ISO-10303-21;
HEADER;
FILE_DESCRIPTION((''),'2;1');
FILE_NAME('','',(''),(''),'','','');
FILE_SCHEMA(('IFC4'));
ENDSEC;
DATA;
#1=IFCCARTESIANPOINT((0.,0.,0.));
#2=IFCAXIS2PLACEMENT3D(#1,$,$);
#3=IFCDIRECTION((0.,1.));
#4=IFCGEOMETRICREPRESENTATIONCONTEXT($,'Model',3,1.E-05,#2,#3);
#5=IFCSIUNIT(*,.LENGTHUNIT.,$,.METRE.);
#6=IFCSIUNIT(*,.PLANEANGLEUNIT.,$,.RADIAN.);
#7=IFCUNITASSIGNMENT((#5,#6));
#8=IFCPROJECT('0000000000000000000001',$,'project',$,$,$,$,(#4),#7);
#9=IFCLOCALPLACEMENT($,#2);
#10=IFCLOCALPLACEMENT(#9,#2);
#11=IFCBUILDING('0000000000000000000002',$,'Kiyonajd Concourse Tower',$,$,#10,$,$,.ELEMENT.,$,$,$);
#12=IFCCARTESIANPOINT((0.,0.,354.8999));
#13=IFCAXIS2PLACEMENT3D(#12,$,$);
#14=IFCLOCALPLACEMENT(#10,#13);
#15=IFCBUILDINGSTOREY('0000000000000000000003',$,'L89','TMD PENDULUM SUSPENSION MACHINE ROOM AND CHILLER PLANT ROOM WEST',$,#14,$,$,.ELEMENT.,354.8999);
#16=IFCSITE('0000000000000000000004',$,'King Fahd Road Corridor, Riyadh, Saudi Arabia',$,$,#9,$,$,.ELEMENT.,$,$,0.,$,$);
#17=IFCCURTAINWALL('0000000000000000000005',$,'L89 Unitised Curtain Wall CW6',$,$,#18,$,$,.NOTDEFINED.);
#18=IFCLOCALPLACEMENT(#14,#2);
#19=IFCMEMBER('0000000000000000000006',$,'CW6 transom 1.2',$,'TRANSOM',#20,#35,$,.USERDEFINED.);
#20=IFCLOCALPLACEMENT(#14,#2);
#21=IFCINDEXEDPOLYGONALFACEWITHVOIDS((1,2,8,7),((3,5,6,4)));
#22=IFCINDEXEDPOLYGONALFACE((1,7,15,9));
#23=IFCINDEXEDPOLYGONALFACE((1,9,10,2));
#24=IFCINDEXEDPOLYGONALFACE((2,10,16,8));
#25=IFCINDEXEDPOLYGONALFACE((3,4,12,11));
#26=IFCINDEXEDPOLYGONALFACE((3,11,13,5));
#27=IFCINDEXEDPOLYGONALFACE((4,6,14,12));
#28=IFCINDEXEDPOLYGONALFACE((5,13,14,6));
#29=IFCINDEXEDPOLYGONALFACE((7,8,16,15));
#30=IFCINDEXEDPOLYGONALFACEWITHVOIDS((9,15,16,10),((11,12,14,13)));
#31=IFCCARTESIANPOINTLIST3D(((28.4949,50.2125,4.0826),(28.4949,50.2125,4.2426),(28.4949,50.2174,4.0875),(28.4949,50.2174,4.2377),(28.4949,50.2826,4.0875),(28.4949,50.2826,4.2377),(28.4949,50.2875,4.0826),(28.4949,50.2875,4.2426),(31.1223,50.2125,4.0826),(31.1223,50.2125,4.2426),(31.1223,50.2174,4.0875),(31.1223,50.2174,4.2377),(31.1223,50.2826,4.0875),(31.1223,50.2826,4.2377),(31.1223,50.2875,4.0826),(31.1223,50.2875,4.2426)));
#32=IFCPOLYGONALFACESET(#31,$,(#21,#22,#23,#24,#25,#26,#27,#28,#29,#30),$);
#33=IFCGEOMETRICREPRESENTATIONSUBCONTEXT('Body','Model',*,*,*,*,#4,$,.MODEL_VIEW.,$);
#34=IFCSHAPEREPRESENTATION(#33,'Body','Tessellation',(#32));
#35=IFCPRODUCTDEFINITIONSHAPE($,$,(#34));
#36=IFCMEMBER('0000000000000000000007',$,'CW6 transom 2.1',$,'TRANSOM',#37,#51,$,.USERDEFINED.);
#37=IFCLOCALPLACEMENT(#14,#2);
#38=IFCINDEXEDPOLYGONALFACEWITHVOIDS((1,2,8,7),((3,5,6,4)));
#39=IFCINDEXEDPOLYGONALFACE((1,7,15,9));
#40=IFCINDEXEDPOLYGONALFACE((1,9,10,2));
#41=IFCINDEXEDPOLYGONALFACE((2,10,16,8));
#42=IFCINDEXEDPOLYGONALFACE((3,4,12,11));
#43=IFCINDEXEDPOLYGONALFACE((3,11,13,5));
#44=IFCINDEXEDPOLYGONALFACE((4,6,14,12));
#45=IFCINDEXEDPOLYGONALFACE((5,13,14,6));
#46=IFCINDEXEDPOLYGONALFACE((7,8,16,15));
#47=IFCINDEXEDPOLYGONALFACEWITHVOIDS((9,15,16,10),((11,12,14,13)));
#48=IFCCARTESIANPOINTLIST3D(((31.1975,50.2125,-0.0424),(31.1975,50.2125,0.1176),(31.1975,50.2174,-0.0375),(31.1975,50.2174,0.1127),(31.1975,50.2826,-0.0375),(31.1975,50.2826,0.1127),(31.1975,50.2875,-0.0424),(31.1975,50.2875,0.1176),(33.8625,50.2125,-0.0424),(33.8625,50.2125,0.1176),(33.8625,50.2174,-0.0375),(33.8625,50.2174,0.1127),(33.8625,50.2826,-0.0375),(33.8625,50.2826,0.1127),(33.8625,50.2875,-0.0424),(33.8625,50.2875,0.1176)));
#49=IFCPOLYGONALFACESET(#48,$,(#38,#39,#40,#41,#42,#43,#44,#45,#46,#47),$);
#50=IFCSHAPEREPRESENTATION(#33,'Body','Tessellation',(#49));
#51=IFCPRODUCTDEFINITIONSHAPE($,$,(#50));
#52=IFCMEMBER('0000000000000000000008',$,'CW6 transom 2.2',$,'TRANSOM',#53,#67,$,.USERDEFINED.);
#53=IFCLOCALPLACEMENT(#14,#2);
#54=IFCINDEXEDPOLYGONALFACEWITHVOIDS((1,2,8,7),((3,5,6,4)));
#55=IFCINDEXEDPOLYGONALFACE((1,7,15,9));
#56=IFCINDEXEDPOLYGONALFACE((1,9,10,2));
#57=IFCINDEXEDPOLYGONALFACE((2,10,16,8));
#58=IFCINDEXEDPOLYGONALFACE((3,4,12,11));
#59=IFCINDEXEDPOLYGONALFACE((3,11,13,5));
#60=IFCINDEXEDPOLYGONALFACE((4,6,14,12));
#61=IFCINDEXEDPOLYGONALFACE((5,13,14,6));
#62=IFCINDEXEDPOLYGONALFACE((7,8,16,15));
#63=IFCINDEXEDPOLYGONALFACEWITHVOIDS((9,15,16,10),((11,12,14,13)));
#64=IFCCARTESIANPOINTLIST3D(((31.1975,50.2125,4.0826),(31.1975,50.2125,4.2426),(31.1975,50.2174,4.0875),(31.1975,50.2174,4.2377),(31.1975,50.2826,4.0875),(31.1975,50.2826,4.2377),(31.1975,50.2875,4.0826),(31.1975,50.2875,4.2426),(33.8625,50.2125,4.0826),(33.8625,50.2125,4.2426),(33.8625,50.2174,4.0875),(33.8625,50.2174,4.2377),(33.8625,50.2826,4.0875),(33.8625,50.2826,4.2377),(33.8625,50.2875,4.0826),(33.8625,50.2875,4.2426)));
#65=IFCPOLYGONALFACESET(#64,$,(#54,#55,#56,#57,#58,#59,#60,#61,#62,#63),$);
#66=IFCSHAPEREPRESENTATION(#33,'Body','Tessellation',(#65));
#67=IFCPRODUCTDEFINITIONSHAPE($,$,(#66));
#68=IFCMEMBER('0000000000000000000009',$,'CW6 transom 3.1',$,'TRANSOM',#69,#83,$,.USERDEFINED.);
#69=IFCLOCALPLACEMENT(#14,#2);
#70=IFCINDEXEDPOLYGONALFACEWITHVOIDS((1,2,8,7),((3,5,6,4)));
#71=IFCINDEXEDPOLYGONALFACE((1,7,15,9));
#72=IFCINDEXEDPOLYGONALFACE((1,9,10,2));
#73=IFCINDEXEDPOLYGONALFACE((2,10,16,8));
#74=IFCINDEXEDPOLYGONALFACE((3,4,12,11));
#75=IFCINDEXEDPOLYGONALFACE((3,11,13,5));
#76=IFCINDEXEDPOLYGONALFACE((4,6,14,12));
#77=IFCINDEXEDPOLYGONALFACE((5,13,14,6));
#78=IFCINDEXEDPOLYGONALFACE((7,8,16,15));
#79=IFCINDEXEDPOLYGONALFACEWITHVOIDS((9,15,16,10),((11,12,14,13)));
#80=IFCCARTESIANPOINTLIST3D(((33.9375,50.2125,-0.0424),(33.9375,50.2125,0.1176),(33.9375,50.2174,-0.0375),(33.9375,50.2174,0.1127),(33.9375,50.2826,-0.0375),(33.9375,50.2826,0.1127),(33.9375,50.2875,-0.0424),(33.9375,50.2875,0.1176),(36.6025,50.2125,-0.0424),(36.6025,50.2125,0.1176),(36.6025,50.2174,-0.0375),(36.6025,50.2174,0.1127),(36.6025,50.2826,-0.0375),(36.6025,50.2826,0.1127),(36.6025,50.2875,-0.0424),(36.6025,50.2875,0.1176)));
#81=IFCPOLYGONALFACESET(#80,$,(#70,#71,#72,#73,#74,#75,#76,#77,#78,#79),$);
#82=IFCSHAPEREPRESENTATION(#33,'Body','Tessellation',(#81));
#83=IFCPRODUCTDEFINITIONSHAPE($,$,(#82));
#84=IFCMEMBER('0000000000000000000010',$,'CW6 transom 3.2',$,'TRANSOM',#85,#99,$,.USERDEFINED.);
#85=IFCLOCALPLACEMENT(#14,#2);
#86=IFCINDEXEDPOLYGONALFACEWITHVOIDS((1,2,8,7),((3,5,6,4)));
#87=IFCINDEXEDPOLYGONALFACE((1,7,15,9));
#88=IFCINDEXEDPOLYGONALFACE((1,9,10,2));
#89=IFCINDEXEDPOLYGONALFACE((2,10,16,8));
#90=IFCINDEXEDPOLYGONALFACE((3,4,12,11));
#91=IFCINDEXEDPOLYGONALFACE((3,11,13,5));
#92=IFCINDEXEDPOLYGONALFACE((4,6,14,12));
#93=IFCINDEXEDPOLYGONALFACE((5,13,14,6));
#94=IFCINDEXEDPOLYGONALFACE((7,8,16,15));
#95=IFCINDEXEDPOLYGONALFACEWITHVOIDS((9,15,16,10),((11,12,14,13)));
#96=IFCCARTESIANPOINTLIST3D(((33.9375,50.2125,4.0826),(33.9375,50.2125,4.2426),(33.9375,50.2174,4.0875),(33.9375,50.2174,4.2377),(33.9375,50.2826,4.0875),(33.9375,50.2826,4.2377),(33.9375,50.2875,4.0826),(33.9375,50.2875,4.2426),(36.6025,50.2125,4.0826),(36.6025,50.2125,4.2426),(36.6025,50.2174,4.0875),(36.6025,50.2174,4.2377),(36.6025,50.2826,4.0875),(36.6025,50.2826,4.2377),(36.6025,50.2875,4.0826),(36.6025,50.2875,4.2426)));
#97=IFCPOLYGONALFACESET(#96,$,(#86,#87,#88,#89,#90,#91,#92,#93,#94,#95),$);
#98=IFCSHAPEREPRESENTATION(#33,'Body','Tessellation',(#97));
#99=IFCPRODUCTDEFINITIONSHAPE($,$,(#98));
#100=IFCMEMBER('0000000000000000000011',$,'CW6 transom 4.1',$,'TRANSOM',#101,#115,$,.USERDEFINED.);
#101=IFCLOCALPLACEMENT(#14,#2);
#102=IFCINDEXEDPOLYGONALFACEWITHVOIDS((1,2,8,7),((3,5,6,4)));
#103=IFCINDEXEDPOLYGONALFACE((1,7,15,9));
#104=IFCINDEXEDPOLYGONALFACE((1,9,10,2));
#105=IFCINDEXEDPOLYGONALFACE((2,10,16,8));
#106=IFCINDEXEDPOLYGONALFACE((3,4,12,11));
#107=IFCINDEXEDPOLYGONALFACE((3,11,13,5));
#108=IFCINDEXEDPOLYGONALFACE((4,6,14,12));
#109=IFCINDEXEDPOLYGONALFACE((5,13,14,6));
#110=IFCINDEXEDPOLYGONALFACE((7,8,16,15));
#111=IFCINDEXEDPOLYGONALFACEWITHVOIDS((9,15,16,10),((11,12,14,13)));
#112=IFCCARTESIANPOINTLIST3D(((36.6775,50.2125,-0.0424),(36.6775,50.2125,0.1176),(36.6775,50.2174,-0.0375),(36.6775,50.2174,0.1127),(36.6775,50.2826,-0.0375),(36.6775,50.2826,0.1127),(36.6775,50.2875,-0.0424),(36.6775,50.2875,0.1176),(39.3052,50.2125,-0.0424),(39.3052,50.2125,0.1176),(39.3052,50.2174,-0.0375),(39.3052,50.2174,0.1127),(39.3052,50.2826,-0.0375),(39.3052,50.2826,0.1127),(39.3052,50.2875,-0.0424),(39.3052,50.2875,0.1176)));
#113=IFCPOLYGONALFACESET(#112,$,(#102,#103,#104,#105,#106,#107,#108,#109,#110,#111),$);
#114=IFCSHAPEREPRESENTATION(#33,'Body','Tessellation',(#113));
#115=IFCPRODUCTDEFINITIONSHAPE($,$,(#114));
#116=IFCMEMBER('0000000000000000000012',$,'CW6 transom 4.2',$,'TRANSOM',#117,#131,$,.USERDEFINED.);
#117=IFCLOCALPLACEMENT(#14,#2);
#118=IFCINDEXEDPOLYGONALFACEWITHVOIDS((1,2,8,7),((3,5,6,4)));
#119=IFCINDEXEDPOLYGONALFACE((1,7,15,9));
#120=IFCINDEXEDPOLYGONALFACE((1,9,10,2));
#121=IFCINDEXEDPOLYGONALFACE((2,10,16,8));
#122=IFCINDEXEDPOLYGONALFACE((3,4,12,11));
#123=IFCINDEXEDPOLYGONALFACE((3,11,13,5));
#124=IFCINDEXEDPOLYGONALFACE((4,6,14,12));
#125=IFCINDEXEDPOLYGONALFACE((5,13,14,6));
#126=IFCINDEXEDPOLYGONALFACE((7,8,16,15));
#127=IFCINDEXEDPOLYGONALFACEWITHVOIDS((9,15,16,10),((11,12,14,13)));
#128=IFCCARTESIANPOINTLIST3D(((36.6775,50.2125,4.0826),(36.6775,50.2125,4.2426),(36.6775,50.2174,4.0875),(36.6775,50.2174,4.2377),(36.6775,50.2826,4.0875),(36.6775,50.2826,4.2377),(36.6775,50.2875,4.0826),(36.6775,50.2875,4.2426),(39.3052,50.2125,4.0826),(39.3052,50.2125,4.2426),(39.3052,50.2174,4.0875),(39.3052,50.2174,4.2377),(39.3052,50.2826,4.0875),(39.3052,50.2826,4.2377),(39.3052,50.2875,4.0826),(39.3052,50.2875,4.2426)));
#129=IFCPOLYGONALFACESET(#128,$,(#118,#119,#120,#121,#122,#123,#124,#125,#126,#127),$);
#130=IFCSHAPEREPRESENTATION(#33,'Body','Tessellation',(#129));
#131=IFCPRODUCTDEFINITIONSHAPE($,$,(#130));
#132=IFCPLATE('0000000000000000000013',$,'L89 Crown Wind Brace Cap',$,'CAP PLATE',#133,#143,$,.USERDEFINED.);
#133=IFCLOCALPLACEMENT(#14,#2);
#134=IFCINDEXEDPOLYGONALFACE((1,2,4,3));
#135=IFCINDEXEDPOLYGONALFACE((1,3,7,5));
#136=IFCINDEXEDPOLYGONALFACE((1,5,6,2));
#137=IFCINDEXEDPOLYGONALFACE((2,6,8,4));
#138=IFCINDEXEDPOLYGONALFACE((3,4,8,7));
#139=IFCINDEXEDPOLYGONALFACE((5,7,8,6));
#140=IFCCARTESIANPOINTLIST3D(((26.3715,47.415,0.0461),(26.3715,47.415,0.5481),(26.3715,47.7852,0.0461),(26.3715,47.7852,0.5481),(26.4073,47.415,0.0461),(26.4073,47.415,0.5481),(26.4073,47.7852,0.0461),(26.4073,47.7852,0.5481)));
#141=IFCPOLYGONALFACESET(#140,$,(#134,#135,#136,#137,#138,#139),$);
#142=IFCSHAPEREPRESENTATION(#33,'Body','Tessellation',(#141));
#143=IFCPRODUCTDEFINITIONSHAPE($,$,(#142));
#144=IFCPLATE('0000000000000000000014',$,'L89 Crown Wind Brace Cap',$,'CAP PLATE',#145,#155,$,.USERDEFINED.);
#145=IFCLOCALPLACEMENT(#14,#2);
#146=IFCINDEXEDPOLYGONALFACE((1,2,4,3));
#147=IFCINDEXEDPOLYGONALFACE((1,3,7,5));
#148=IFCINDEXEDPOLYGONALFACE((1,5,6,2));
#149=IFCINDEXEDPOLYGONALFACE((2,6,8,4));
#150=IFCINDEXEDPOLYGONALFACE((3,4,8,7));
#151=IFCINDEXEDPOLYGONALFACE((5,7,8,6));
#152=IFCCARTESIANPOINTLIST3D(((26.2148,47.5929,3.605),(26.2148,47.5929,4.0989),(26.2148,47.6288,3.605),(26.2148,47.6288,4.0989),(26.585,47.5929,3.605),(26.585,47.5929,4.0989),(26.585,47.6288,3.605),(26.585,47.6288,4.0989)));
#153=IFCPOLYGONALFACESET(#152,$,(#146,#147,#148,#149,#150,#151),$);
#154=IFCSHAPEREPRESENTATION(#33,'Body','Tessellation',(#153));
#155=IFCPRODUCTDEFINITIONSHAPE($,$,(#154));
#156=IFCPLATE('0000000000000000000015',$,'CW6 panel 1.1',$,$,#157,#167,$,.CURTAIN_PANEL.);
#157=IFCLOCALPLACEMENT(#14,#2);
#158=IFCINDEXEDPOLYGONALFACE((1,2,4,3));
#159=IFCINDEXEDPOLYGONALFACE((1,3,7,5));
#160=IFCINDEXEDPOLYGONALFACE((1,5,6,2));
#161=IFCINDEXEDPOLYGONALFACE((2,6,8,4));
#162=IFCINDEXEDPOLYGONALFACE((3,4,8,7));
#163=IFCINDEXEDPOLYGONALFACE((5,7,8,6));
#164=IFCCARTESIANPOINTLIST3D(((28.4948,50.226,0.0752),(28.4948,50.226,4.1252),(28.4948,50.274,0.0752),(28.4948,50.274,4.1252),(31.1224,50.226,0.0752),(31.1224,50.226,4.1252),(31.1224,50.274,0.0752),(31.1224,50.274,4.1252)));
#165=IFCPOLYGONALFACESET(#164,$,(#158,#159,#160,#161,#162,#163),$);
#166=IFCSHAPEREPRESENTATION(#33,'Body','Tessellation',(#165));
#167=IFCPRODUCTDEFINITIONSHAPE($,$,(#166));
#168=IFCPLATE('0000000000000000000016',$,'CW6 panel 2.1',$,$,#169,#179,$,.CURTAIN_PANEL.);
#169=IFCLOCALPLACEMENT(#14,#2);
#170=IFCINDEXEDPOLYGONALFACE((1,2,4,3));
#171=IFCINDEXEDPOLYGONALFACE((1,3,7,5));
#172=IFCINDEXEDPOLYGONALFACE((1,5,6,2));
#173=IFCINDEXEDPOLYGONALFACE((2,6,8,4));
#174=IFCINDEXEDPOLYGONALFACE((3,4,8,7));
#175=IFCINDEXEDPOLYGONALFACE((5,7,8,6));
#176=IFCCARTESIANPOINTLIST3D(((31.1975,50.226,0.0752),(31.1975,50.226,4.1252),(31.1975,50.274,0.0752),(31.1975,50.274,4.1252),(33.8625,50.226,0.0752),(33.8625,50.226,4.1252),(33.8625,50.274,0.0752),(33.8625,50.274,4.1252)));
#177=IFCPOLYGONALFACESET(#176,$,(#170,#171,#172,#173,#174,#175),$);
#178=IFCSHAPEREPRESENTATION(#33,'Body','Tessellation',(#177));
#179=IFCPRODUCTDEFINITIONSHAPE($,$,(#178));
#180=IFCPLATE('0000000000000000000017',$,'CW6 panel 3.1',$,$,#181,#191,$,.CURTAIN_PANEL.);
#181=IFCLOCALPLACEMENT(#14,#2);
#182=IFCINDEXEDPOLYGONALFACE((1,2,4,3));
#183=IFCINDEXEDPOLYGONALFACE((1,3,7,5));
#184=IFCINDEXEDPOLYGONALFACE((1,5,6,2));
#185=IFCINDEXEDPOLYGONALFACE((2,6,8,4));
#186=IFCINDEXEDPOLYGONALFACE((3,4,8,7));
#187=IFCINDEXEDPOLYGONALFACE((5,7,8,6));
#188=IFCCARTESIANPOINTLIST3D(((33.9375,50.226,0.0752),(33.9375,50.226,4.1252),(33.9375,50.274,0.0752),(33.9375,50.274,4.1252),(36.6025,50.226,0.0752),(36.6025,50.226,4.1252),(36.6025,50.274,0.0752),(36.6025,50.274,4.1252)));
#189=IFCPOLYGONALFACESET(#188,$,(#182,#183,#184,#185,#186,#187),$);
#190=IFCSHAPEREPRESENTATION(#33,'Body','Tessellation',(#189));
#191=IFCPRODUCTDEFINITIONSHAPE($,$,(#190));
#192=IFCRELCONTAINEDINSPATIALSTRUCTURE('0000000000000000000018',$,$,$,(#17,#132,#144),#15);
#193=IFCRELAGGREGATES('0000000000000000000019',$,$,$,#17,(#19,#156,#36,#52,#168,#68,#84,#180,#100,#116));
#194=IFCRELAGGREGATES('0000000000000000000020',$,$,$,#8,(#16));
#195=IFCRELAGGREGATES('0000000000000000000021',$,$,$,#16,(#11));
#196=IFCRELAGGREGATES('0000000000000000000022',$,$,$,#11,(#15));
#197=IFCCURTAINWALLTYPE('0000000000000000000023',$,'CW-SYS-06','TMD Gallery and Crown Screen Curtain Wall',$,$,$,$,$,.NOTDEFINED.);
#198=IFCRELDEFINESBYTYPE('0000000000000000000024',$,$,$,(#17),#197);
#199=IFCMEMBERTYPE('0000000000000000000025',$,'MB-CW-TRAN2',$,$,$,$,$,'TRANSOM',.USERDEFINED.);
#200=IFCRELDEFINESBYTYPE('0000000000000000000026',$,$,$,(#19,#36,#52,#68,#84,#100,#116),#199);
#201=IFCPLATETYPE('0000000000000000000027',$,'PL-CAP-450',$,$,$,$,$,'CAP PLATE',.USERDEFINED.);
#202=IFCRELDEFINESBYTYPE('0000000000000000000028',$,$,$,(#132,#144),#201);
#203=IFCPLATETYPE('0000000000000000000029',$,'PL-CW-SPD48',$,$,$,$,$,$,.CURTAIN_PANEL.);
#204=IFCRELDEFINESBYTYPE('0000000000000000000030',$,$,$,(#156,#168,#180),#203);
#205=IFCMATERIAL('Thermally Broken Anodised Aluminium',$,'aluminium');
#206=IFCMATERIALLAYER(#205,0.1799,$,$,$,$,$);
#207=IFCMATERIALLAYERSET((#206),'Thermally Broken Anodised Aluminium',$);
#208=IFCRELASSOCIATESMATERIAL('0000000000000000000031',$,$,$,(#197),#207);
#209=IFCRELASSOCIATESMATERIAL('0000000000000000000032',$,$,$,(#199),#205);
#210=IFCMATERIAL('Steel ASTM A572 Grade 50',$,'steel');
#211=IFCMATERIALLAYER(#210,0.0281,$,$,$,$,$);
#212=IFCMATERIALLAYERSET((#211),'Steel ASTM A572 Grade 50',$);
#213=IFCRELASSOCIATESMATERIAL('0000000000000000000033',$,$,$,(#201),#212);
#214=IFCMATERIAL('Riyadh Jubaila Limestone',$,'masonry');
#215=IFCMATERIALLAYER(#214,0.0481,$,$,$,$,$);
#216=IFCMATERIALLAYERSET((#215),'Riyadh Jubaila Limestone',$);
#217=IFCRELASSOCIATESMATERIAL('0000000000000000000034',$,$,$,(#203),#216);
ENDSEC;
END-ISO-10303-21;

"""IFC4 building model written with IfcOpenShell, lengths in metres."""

from ifc_helpers import new_model, si_unit, direction, frame, origin, origin_2d, place, context, subcontext, project, spatial, rectangle, hollow_rectangle, extrude, material, layer, layer_set, material_profile, profile_set, type_object, element, aggregate, save


model = new_model("IFC4")

# Units and contexts
model_context = context("Model", 3, precision=1e-05, world=origin(), true_north=direction((0.0, 1.0)))
body_context = subcontext(model_context, "Body", "Model", "MODEL_VIEW")
ifc_project = project(units=[si_unit("LENGTHUNIT", "METRE"), si_unit("PLANEANGLEUNIT", "RADIAN")], contexts=[model_context])

# Site, building, storey
site_placement = place(None, origin())
site = spatial("IfcSite", under=ifc_project, at=site_placement, Name="King Fahd Road Corridor, Riyadh, Saudi Arabia", CompositionType="ELEMENT", RefElevation=0.0)
building_placement = place(site_placement, origin())
building = spatial("IfcBuilding", under=site, at=building_placement, Name="Kiyonajd Concourse Tower", CompositionType="ELEMENT")
storey_placement = place(building_placement, frame((0.0, 0.0, 354.8999)))
storey = spatial("IfcBuildingStorey", under=building, at=storey_placement, Name="L89", Description="TMD PENDULUM SUSPENSION MACHINE ROOM AND CHILLER PLANT ROOM WEST", CompositionType="ELEMENT", Elevation=354.8999)

# Shared definitions
ifc_material_1 = material(Name="Steel ASTM A572 Grade 50", Category="steel")

# Curtain wall, members
ifc_material_2 = material(Name="Thermally Broken Anodised Aluminium", Category="aluminium")
ifc_layer_1 = layer(ifc_material_2, 0.1799)
ifc_layer_set_1 = layer_set([ifc_layer_1], Name="Thermally Broken Anodised Aluminium")
curtain_wall_type = type_object("IfcCurtainWallType", Name="CW-SYS-06", Description="TMD Gallery and Crown Screen Curtain Wall", PredefinedType="NOTDEFINED", material=ifc_layer_set_1)
curtain_wall_placement = place(storey_placement, origin())
curtain_wall = element("IfcCurtainWall", 1, at=curtain_wall_placement, inside=storey, type_object=curtain_wall_type, Name="L89 Unitised Curtain Wall CW6", PredefinedType="NOTDEFINED")
ifc_material_profile_1 = material_profile(ifc_material_2, hollow_rectangle(XDim=0.075, YDim=0.1599, WallThickness=0.0049, at=origin_2d()), Name="TRAN-75x160")
ifc_profile_set_1 = profile_set([ifc_material_profile_1], Name="Thermally Broken Anodised Aluminium")
member_type_1 = type_object("IfcMemberType", Name="MB-CW-TRAN2", ElementType="TRANSOM", PredefinedType="USERDEFINED", material=ifc_profile_set_1)
member_1_placement = place(storey_placement, frame((28.4949, 50.25, 4.1626), z_axis=(1.0, 0.0, 0.0), x_axis=(0.0, 1.0, 0.0)))
member_1 = element("IfcMember", 2, at=member_1_placement, type_object=member_type_1, Name="CW6 transom 1.2", ObjectType="TRANSOM", PredefinedType="USERDEFINED", context=body_context, shape_type="SweptSolid", body=[
    extrude(hollow_rectangle(XDim=0.075, YDim=0.1599, WallThickness=0.0049, at=origin_2d()), origin(), (0.0, 0.0, 1.0), 2.6274),
])
member_2_placement = place(storey_placement, frame((31.1975, 50.25, 0.0376), z_axis=(1.0, 0.0, 0.0), x_axis=(0.0, 1.0, 0.0)))
member_2 = element("IfcMember", 3, at=member_2_placement, type_object=member_type_1, Name="CW6 transom 2.1", ObjectType="TRANSOM", PredefinedType="USERDEFINED", context=body_context, shape_type="SweptSolid", body=[
    extrude(hollow_rectangle(XDim=0.075, YDim=0.1599, WallThickness=0.0049, at=origin_2d()), origin(), (0.0, 0.0, 1.0), 2.665),
])
member_3_placement = place(storey_placement, frame((31.1975, 50.25, 4.1626), z_axis=(1.0, 0.0, 0.0), x_axis=(0.0, 1.0, 0.0)))
member_3 = element("IfcMember", 4, at=member_3_placement, type_object=member_type_1, Name="CW6 transom 2.2", ObjectType="TRANSOM", PredefinedType="USERDEFINED", context=body_context, shape_type="SweptSolid", body=[
    extrude(hollow_rectangle(XDim=0.075, YDim=0.1599, WallThickness=0.0049, at=origin_2d()), origin(), (0.0, 0.0, 1.0), 2.665),
])
member_4_placement = place(storey_placement, frame((33.9375, 50.25, 0.0376), z_axis=(1.0, 0.0, 0.0), x_axis=(0.0, 1.0, 0.0)))
member_4 = element("IfcMember", 5, at=member_4_placement, type_object=member_type_1, Name="CW6 transom 3.1", ObjectType="TRANSOM", PredefinedType="USERDEFINED", context=body_context, shape_type="SweptSolid", body=[
    extrude(hollow_rectangle(XDim=0.075, YDim=0.1599, WallThickness=0.0049, at=origin_2d()), origin(), (0.0, 0.0, 1.0), 2.665),
])
member_5_placement = place(storey_placement, frame((33.9375, 50.25, 4.1626), z_axis=(1.0, 0.0, 0.0), x_axis=(0.0, 1.0, 0.0)))
member_5 = element("IfcMember", 6, at=member_5_placement, type_object=member_type_1, Name="CW6 transom 3.2", ObjectType="TRANSOM", PredefinedType="USERDEFINED", context=body_context, shape_type="SweptSolid", body=[
    extrude(hollow_rectangle(XDim=0.075, YDim=0.1599, WallThickness=0.0049, at=origin_2d()), origin(), (0.0, 0.0, 1.0), 2.665),
])
member_6_placement = place(storey_placement, frame((36.6775, 50.25, 0.0376), z_axis=(1.0, 0.0, 0.0), x_axis=(0.0, 1.0, 0.0)))
member_6 = element("IfcMember", 7, at=member_6_placement, type_object=member_type_1, Name="CW6 transom 4.1", ObjectType="TRANSOM", PredefinedType="USERDEFINED", context=body_context, shape_type="SweptSolid", body=[
    extrude(hollow_rectangle(XDim=0.075, YDim=0.1599, WallThickness=0.0049, at=origin_2d()), origin(), (0.0, 0.0, 1.0), 2.6277),
])
member_7_placement = place(storey_placement, frame((36.6775, 50.25, 4.1626), z_axis=(1.0, 0.0, 0.0), x_axis=(0.0, 1.0, 0.0)))
member_7 = element("IfcMember", 8, at=member_7_placement, type_object=member_type_1, Name="CW6 transom 4.2", ObjectType="TRANSOM", PredefinedType="USERDEFINED", context=body_context, shape_type="SweptSolid", body=[
    extrude(hollow_rectangle(XDim=0.075, YDim=0.1599, WallThickness=0.0049, at=origin_2d()), origin(), (0.0, 0.0, 1.0), 2.6277),
])

# Plates
ifc_layer_2 = layer(ifc_material_1, 0.0281)
ifc_layer_set_2 = layer_set([ifc_layer_2], Name="Steel ASTM A572 Grade 50")
plate_type_1 = type_object("IfcPlateType", Name="PL-CAP-450", ElementType="CAP PLATE", PredefinedType="USERDEFINED", material=ifc_layer_set_2)
plate_1_placement = place(storey_placement, frame((26.3894, 47.6001, 0.0461), z_axis=(0.0, 0.0, 1.0), x_axis=(-1.0, 0.0, 0.0)))
element("IfcPlate", 9, at=plate_1_placement, inside=storey, type_object=plate_type_1, Name="L89 Crown Wind Brace Cap", ObjectType="CAP PLATE", PredefinedType="USERDEFINED", context=body_context, shape_type="SweptSolid", body=[
    extrude(rectangle(XDim=0.0359, YDim=0.3701, at=origin_2d()), origin(), (0.0, 0.0, 1.0), 0.502),
])
plate_2_placement = place(storey_placement, frame((26.3999, 47.6108, 3.605), z_axis=(0.0, 0.0, 1.0), x_axis=(0.0, 1.0, 0.0)))
element("IfcPlate", 10, at=plate_2_placement, inside=storey, type_object=plate_type_1, Name="L89 Crown Wind Brace Cap", ObjectType="CAP PLATE", PredefinedType="USERDEFINED", context=body_context, shape_type="SweptSolid", body=[
    extrude(rectangle(XDim=0.0359, YDim=0.3701, at=origin_2d()), origin(), (0.0, 0.0, 1.0), 0.4939),
])

# Plates
ifc_material_3 = material(Name="Riyadh Jubaila Limestone", Category="masonry")
ifc_layer_3 = layer(ifc_material_3, 0.0481)
ifc_layer_set_3 = layer_set([ifc_layer_3], Name="Riyadh Jubaila Limestone")
plate_type_2 = type_object("IfcPlateType", Name="PL-CW-SPD48", PredefinedType="CURTAIN_PANEL", material=ifc_layer_set_3)
plate_3_placement = place(storey_placement, frame((29.8086, 50.25, 0.0752), z_axis=(0.0, 0.0, 1.0), x_axis=(1.0, 0.0, 0.0)))
plate_3 = element("IfcPlate", 11, at=plate_3_placement, type_object=plate_type_2, Name="CW6 panel 1.1", PredefinedType="CURTAIN_PANEL", context=body_context, shape_type="SweptSolid", body=[
    extrude(rectangle(XDim=2.6277, YDim=0.0481, at=origin_2d()), origin(), (0.0, 0.0, 1.0), 4.05),
])
plate_4_placement = place(storey_placement, frame((32.53, 50.25, 0.0752), z_axis=(0.0, 0.0, 1.0), x_axis=(1.0, 0.0, 0.0)))
plate_4 = element("IfcPlate", 12, at=plate_4_placement, type_object=plate_type_2, Name="CW6 panel 2.1", PredefinedType="CURTAIN_PANEL", context=body_context, shape_type="SweptSolid", body=[
    extrude(rectangle(XDim=2.665, YDim=0.0481, at=origin_2d()), origin(), (0.0, 0.0, 1.0), 4.05),
])
plate_5_placement = place(storey_placement, frame((35.27, 50.25, 0.0752), z_axis=(0.0, 0.0, 1.0), x_axis=(1.0, 0.0, 0.0)))
plate_5 = element("IfcPlate", 13, at=plate_5_placement, type_object=plate_type_2, Name="CW6 panel 3.1", PredefinedType="CURTAIN_PANEL", context=body_context, shape_type="SweptSolid", body=[
    extrude(rectangle(XDim=2.665, YDim=0.0481, at=origin_2d()), origin(), (0.0, 0.0, 1.0), 4.05),
])
aggregate(curtain_wall, [member_1, plate_3, member_2, member_3, plate_4, member_4, member_5, plate_5, member_6, member_7])

save(model, "model.ifc")
